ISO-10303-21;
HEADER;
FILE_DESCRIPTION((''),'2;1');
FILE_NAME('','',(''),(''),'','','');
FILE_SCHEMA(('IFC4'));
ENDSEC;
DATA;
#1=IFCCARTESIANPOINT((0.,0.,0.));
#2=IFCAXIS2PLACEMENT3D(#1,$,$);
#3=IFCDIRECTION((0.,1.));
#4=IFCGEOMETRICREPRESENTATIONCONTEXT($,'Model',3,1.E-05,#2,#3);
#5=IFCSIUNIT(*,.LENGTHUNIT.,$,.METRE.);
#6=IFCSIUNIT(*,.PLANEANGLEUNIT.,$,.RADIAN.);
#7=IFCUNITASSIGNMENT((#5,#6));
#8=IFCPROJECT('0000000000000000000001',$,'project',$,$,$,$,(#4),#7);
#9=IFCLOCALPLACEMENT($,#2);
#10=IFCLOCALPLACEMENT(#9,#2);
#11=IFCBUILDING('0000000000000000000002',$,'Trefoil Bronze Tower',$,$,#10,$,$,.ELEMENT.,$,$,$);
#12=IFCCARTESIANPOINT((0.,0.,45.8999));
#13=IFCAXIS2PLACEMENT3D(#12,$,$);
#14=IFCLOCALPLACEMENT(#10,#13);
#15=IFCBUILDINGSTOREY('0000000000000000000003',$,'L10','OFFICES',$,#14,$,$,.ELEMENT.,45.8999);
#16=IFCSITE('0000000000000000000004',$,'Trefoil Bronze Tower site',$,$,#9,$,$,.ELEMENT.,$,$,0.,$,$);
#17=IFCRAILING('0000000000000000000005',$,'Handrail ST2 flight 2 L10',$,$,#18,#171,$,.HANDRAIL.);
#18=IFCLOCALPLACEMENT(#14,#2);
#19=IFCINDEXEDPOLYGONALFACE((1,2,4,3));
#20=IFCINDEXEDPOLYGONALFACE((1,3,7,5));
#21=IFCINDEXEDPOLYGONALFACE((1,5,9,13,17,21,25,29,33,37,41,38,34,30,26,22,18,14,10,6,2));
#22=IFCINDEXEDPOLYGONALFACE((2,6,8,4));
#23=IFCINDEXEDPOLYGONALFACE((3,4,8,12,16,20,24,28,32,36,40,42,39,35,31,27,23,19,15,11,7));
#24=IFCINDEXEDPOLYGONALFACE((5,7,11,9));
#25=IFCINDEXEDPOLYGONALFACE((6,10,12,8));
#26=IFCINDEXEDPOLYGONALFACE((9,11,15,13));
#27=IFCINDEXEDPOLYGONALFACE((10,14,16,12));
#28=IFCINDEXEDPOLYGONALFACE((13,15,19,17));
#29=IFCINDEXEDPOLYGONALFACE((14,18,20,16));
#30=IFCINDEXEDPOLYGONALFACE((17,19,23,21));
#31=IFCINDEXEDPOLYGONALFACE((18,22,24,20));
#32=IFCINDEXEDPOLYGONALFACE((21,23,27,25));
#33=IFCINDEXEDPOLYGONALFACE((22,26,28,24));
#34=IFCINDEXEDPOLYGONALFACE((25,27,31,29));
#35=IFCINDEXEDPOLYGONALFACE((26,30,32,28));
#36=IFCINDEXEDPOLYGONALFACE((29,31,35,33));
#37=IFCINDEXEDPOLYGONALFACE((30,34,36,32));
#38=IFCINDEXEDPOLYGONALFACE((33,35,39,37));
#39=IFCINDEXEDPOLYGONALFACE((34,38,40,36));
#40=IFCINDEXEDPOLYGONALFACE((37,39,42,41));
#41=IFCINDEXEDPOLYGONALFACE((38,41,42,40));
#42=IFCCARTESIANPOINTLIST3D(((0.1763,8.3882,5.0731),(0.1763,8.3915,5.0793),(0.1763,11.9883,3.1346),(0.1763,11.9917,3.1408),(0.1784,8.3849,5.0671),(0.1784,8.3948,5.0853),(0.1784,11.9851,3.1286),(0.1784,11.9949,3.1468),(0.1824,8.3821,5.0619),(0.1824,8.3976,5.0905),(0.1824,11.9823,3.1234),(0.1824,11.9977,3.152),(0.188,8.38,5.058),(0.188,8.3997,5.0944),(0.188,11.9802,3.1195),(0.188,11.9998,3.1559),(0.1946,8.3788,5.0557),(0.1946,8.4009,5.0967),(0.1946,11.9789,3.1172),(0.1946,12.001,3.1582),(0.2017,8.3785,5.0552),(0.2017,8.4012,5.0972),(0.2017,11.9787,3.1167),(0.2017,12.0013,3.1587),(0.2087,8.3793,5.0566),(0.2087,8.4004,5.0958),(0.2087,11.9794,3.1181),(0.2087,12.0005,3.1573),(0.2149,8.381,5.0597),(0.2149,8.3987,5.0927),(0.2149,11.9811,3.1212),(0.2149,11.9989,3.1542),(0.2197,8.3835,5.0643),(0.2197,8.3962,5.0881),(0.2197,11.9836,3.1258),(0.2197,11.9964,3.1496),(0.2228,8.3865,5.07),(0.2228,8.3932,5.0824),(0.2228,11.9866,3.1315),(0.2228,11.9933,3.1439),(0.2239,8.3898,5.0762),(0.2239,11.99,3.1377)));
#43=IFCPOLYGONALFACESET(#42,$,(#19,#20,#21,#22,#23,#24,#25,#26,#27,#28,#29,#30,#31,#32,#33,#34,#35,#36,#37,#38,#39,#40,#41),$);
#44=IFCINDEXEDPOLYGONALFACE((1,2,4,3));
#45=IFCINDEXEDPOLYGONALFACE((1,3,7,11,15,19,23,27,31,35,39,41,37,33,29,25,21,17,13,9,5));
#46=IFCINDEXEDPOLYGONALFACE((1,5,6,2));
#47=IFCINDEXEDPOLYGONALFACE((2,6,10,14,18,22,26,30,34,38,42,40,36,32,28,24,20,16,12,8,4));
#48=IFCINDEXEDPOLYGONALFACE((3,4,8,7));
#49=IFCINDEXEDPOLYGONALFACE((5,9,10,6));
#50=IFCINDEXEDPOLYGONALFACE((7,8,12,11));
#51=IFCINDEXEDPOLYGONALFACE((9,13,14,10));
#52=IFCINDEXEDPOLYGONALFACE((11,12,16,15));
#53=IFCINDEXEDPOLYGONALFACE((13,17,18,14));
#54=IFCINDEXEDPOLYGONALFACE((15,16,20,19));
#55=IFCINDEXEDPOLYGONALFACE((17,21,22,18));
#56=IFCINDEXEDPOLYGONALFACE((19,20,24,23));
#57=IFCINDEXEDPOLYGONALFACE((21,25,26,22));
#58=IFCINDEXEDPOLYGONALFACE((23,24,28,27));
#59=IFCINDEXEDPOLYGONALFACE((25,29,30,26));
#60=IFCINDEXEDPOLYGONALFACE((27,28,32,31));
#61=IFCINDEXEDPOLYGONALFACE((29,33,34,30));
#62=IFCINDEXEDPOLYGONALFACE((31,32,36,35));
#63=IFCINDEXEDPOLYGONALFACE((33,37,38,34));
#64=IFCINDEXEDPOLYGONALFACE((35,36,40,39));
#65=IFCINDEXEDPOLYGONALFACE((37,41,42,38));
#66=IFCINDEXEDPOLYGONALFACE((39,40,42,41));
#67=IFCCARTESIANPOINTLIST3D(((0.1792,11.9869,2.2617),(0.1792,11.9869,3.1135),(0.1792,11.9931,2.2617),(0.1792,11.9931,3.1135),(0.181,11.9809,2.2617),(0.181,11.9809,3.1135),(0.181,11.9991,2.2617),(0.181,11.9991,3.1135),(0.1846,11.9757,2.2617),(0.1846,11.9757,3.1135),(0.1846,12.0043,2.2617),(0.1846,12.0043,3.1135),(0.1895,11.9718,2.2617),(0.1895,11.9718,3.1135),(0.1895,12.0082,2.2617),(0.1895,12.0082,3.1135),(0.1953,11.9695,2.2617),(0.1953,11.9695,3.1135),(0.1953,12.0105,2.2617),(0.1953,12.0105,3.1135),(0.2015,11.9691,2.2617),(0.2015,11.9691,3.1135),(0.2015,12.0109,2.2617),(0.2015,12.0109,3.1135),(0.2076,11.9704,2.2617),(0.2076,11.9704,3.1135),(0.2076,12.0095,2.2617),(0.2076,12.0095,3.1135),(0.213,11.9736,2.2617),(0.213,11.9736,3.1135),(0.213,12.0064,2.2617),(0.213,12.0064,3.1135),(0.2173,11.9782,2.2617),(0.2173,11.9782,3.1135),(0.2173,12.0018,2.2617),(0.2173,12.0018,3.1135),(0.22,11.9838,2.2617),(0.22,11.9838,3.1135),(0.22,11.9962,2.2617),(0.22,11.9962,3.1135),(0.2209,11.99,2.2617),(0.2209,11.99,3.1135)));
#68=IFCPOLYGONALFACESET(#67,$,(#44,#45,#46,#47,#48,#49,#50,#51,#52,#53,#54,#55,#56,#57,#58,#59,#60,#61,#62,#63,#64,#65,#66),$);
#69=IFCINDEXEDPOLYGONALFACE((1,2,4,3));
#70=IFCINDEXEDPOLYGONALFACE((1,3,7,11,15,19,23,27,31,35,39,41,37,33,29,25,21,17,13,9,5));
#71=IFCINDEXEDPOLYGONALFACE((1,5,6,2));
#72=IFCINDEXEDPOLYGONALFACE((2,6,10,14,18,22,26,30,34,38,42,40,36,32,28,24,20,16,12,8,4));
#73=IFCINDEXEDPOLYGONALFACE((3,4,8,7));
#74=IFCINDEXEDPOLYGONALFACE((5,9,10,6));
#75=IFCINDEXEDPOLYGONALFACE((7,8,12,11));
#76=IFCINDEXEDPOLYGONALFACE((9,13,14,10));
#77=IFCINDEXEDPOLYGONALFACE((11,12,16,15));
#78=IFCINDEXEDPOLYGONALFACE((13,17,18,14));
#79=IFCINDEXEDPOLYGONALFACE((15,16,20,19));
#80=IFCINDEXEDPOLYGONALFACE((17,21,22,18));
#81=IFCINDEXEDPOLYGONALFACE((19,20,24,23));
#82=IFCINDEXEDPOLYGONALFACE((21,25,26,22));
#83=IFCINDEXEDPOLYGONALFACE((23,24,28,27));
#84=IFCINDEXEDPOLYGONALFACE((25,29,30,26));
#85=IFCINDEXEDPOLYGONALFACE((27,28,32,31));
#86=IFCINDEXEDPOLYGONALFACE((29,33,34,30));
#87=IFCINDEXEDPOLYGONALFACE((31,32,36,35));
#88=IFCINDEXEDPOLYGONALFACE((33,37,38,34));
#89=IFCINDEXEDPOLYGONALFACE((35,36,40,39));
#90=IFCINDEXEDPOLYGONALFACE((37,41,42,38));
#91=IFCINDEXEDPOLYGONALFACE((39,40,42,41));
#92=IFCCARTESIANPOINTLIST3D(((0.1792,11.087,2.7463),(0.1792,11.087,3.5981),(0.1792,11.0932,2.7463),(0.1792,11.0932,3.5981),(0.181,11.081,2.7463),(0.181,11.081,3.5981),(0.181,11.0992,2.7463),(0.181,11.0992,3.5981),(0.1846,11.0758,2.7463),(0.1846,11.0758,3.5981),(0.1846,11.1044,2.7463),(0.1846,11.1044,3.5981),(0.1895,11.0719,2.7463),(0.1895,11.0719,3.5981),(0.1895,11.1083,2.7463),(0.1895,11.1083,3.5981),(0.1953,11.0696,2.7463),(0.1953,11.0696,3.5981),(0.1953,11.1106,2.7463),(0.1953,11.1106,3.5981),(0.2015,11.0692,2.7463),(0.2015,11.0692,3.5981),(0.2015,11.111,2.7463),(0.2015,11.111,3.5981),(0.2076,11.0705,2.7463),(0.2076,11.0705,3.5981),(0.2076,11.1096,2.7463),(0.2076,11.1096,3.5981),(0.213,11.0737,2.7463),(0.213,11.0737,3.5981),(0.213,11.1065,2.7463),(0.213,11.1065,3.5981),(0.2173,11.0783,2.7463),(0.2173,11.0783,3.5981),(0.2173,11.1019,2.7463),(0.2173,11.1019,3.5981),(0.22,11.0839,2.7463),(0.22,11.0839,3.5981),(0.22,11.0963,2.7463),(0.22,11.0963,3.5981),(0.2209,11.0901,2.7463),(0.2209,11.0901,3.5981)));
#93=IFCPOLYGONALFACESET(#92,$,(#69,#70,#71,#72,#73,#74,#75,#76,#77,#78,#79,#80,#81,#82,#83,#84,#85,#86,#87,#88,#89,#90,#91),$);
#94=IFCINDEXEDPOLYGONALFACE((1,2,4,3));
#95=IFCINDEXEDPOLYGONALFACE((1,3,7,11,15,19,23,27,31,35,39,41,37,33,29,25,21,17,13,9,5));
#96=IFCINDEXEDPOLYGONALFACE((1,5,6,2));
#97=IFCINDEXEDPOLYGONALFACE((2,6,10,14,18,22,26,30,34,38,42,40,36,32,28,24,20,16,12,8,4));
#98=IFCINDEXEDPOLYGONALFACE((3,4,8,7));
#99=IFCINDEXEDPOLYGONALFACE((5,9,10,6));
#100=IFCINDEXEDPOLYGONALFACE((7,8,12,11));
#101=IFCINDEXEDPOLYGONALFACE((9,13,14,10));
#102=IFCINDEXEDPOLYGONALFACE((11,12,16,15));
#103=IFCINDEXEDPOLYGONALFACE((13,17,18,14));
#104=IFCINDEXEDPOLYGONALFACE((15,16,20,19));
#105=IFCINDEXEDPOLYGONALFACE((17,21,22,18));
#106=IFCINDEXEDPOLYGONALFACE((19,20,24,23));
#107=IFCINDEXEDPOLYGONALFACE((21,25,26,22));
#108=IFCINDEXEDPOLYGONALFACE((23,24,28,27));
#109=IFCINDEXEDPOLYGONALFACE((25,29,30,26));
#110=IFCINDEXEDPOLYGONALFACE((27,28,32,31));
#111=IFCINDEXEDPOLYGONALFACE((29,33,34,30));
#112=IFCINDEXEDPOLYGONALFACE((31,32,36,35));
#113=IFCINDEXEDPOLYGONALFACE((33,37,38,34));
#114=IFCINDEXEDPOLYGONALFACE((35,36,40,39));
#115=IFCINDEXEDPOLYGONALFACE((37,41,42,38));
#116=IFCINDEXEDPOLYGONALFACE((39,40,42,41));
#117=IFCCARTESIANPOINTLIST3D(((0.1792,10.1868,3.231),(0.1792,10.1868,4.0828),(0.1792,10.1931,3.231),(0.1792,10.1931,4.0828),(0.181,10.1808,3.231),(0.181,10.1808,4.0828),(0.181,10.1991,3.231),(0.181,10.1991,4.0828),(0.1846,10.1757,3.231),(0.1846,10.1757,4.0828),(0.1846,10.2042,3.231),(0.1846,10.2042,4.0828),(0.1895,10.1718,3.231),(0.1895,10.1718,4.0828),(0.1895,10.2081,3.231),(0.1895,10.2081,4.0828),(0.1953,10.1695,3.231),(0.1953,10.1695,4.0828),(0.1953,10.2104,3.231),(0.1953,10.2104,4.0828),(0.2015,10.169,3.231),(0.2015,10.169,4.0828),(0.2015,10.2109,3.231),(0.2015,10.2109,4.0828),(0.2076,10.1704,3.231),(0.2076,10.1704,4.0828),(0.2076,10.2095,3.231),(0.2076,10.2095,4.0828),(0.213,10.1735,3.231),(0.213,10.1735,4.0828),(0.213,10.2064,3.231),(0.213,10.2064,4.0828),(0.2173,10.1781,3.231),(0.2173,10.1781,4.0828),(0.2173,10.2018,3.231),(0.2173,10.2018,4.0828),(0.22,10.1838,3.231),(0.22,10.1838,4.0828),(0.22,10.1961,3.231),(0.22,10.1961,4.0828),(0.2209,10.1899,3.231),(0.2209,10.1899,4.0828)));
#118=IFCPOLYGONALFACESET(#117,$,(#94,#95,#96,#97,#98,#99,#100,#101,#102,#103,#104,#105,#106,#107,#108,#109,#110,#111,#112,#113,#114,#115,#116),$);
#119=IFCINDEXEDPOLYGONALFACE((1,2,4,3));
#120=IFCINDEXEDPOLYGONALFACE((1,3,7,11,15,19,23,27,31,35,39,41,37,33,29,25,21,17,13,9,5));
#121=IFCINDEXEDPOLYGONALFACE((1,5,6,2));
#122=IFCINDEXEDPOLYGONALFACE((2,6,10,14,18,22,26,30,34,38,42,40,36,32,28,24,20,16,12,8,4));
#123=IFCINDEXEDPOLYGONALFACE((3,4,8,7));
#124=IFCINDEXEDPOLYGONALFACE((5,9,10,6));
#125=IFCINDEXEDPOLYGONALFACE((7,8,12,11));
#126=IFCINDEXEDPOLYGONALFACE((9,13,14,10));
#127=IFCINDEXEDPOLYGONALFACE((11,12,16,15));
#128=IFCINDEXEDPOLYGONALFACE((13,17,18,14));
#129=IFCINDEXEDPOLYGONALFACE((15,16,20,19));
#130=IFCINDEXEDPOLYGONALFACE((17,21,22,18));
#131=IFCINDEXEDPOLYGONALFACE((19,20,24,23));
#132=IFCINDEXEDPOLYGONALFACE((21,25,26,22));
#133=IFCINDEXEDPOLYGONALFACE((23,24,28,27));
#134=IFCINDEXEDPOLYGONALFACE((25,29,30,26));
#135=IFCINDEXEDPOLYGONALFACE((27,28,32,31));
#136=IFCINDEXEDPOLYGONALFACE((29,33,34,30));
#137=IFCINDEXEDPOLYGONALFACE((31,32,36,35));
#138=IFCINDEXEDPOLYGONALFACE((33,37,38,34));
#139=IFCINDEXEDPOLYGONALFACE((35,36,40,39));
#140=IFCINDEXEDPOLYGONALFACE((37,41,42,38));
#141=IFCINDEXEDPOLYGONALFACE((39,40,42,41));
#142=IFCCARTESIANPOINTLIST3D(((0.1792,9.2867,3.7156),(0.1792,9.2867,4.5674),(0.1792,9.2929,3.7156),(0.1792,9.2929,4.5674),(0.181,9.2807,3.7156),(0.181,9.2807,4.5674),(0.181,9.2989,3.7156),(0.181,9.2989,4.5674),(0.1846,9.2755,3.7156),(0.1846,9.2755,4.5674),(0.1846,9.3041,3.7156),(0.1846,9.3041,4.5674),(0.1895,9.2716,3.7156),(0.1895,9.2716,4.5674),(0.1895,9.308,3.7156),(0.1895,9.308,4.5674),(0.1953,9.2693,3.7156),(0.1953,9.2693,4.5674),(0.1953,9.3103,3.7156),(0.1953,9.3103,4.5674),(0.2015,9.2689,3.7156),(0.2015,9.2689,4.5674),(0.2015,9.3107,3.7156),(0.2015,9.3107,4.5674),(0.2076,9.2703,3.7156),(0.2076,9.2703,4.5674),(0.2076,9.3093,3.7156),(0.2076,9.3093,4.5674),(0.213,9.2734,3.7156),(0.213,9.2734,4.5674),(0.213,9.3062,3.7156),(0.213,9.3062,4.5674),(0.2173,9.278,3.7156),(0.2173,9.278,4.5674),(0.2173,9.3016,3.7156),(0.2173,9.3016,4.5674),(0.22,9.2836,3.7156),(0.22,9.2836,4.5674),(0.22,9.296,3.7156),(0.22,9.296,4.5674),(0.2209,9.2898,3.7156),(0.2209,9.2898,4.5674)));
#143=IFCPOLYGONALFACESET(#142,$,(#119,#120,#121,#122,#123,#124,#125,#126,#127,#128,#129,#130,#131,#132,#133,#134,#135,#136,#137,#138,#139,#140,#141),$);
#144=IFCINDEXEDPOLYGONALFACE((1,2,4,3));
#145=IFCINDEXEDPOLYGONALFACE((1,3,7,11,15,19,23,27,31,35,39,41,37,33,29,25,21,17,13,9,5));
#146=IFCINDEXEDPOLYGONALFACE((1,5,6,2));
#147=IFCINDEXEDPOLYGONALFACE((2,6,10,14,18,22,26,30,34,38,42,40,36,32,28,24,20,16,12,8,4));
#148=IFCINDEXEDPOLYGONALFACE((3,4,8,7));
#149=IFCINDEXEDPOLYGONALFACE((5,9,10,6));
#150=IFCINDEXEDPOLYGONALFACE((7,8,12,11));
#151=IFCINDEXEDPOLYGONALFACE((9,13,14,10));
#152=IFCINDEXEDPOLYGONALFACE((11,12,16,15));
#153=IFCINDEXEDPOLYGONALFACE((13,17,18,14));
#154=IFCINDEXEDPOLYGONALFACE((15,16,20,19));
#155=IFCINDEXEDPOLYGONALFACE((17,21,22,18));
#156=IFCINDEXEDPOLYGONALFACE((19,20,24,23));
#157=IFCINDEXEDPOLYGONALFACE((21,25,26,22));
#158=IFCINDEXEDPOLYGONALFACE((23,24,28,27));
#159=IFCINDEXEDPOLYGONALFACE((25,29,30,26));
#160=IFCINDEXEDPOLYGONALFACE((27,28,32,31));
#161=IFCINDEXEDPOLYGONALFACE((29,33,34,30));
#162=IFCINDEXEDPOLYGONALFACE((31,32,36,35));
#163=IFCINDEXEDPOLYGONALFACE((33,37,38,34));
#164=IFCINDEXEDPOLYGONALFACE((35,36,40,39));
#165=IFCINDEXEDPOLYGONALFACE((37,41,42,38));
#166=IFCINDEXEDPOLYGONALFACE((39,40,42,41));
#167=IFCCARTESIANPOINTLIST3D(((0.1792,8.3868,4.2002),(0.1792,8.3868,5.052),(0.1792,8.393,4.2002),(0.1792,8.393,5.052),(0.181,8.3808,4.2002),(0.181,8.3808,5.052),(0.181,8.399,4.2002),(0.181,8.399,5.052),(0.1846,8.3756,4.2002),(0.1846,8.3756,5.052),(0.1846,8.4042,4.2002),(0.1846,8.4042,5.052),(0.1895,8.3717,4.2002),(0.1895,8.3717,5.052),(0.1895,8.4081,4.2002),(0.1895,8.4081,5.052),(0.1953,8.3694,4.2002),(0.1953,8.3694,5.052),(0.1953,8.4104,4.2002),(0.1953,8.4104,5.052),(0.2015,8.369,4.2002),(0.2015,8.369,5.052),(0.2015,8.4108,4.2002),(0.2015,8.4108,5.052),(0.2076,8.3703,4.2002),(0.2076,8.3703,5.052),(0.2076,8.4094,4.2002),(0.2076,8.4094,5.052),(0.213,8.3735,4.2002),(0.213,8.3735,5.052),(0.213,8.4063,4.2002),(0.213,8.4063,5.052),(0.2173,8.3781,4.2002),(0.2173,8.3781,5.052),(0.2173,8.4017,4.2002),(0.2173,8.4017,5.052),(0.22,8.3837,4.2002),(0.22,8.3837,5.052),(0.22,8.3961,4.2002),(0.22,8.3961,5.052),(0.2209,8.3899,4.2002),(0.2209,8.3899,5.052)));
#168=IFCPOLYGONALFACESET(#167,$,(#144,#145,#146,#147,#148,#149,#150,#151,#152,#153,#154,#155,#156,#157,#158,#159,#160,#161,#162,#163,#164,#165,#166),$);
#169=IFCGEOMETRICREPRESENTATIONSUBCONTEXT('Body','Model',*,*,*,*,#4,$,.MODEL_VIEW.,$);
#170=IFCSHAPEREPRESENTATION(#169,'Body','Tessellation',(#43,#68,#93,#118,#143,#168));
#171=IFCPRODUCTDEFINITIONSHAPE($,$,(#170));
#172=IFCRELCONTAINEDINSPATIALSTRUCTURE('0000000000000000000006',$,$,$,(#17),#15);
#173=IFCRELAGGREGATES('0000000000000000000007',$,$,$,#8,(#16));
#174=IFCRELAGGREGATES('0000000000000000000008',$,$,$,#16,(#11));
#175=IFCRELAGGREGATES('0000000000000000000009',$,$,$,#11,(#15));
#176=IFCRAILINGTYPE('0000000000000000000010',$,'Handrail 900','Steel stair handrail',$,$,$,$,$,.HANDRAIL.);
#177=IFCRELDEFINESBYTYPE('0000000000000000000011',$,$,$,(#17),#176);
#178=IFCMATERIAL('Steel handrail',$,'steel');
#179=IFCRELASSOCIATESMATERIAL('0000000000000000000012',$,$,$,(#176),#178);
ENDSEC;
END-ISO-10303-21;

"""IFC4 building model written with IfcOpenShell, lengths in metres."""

from ifc_helpers import new_model, si_unit, direction, frame, origin, origin_2d, place, context, subcontext, project, spatial, circle, extrude, material, type_object, element, save


model = new_model("IFC4")

# Units and contexts
model_context = context("Model", 3, precision=1e-05, world=origin(), true_north=direction((0.0, 1.0)))
body_context = subcontext(model_context, "Body", "Model", "MODEL_VIEW")
ifc_project = project(units=[si_unit("LENGTHUNIT", "METRE"), si_unit("PLANEANGLEUNIT", "RADIAN")], contexts=[model_context])

# Site, building, storey
site_placement = place(None, origin())
site = spatial("IfcSite", under=ifc_project, at=site_placement, Name="Trefoil Bronze Tower site", CompositionType="ELEMENT", RefElevation=0.0)
building_placement = place(site_placement, origin())
building = spatial("IfcBuilding", under=site, at=building_placement, Name="Trefoil Bronze Tower", CompositionType="ELEMENT")
storey_placement = place(building_placement, frame((0.0, 0.0, 45.8999)))
storey = spatial("IfcBuildingStorey", under=building, at=storey_placement, Name="L10", Description="OFFICES", CompositionType="ELEMENT", Elevation=45.8999)

# Railing
ifc_material_1 = material(Name="Steel handrail", Category="steel")
railing_type = type_object("IfcRailingType", Name="Handrail 900", Description="Steel stair handrail", PredefinedType="HANDRAIL", material=ifc_material_1)
railing_placement = place(storey_placement, frame((0.2, 11.99, 2.2617)))
element("IfcRailing", 1, at=railing_placement, inside=storey, type_object=railing_type, Name="Handrail ST2 flight 2 L10", PredefinedType="HANDRAIL", context=body_context, shape_type="SweptSolid", body=[
    extrude(circle(Radius=0.0239, at=origin_2d()), frame((0.0, 0.0, 0.876), z_axis=(0.0, -0.880475, 0.474093), x_axis=(1.0, 0.0, 0.0)), (0.0, 0.0, 1.0), 4.0889),
    extrude(circle(Radius=0.021, at=origin_2d()), origin(), (0.0, 0.0, 1.0), 0.8518),
    extrude(circle(Radius=0.021, at=origin_2d()), frame((0.0, -0.8999, 0.4846)), (0.0, 0.0, 1.0), 0.8518),
    extrude(circle(Radius=0.021, at=origin_2d()), frame((0.0, -1.8, 0.9692)), (0.0, 0.0, 1.0), 0.8518),
    extrude(circle(Radius=0.021, at=origin_2d()), frame((0.0, -2.7002, 1.4539)), (0.0, 0.0, 1.0), 0.8518),
    extrude(circle(Radius=0.021, at=origin_2d()), frame((0.0, -3.6001, 1.9385)), (0.0, 0.0, 1.0), 0.8518),
])

save(model, "model.ifc")
